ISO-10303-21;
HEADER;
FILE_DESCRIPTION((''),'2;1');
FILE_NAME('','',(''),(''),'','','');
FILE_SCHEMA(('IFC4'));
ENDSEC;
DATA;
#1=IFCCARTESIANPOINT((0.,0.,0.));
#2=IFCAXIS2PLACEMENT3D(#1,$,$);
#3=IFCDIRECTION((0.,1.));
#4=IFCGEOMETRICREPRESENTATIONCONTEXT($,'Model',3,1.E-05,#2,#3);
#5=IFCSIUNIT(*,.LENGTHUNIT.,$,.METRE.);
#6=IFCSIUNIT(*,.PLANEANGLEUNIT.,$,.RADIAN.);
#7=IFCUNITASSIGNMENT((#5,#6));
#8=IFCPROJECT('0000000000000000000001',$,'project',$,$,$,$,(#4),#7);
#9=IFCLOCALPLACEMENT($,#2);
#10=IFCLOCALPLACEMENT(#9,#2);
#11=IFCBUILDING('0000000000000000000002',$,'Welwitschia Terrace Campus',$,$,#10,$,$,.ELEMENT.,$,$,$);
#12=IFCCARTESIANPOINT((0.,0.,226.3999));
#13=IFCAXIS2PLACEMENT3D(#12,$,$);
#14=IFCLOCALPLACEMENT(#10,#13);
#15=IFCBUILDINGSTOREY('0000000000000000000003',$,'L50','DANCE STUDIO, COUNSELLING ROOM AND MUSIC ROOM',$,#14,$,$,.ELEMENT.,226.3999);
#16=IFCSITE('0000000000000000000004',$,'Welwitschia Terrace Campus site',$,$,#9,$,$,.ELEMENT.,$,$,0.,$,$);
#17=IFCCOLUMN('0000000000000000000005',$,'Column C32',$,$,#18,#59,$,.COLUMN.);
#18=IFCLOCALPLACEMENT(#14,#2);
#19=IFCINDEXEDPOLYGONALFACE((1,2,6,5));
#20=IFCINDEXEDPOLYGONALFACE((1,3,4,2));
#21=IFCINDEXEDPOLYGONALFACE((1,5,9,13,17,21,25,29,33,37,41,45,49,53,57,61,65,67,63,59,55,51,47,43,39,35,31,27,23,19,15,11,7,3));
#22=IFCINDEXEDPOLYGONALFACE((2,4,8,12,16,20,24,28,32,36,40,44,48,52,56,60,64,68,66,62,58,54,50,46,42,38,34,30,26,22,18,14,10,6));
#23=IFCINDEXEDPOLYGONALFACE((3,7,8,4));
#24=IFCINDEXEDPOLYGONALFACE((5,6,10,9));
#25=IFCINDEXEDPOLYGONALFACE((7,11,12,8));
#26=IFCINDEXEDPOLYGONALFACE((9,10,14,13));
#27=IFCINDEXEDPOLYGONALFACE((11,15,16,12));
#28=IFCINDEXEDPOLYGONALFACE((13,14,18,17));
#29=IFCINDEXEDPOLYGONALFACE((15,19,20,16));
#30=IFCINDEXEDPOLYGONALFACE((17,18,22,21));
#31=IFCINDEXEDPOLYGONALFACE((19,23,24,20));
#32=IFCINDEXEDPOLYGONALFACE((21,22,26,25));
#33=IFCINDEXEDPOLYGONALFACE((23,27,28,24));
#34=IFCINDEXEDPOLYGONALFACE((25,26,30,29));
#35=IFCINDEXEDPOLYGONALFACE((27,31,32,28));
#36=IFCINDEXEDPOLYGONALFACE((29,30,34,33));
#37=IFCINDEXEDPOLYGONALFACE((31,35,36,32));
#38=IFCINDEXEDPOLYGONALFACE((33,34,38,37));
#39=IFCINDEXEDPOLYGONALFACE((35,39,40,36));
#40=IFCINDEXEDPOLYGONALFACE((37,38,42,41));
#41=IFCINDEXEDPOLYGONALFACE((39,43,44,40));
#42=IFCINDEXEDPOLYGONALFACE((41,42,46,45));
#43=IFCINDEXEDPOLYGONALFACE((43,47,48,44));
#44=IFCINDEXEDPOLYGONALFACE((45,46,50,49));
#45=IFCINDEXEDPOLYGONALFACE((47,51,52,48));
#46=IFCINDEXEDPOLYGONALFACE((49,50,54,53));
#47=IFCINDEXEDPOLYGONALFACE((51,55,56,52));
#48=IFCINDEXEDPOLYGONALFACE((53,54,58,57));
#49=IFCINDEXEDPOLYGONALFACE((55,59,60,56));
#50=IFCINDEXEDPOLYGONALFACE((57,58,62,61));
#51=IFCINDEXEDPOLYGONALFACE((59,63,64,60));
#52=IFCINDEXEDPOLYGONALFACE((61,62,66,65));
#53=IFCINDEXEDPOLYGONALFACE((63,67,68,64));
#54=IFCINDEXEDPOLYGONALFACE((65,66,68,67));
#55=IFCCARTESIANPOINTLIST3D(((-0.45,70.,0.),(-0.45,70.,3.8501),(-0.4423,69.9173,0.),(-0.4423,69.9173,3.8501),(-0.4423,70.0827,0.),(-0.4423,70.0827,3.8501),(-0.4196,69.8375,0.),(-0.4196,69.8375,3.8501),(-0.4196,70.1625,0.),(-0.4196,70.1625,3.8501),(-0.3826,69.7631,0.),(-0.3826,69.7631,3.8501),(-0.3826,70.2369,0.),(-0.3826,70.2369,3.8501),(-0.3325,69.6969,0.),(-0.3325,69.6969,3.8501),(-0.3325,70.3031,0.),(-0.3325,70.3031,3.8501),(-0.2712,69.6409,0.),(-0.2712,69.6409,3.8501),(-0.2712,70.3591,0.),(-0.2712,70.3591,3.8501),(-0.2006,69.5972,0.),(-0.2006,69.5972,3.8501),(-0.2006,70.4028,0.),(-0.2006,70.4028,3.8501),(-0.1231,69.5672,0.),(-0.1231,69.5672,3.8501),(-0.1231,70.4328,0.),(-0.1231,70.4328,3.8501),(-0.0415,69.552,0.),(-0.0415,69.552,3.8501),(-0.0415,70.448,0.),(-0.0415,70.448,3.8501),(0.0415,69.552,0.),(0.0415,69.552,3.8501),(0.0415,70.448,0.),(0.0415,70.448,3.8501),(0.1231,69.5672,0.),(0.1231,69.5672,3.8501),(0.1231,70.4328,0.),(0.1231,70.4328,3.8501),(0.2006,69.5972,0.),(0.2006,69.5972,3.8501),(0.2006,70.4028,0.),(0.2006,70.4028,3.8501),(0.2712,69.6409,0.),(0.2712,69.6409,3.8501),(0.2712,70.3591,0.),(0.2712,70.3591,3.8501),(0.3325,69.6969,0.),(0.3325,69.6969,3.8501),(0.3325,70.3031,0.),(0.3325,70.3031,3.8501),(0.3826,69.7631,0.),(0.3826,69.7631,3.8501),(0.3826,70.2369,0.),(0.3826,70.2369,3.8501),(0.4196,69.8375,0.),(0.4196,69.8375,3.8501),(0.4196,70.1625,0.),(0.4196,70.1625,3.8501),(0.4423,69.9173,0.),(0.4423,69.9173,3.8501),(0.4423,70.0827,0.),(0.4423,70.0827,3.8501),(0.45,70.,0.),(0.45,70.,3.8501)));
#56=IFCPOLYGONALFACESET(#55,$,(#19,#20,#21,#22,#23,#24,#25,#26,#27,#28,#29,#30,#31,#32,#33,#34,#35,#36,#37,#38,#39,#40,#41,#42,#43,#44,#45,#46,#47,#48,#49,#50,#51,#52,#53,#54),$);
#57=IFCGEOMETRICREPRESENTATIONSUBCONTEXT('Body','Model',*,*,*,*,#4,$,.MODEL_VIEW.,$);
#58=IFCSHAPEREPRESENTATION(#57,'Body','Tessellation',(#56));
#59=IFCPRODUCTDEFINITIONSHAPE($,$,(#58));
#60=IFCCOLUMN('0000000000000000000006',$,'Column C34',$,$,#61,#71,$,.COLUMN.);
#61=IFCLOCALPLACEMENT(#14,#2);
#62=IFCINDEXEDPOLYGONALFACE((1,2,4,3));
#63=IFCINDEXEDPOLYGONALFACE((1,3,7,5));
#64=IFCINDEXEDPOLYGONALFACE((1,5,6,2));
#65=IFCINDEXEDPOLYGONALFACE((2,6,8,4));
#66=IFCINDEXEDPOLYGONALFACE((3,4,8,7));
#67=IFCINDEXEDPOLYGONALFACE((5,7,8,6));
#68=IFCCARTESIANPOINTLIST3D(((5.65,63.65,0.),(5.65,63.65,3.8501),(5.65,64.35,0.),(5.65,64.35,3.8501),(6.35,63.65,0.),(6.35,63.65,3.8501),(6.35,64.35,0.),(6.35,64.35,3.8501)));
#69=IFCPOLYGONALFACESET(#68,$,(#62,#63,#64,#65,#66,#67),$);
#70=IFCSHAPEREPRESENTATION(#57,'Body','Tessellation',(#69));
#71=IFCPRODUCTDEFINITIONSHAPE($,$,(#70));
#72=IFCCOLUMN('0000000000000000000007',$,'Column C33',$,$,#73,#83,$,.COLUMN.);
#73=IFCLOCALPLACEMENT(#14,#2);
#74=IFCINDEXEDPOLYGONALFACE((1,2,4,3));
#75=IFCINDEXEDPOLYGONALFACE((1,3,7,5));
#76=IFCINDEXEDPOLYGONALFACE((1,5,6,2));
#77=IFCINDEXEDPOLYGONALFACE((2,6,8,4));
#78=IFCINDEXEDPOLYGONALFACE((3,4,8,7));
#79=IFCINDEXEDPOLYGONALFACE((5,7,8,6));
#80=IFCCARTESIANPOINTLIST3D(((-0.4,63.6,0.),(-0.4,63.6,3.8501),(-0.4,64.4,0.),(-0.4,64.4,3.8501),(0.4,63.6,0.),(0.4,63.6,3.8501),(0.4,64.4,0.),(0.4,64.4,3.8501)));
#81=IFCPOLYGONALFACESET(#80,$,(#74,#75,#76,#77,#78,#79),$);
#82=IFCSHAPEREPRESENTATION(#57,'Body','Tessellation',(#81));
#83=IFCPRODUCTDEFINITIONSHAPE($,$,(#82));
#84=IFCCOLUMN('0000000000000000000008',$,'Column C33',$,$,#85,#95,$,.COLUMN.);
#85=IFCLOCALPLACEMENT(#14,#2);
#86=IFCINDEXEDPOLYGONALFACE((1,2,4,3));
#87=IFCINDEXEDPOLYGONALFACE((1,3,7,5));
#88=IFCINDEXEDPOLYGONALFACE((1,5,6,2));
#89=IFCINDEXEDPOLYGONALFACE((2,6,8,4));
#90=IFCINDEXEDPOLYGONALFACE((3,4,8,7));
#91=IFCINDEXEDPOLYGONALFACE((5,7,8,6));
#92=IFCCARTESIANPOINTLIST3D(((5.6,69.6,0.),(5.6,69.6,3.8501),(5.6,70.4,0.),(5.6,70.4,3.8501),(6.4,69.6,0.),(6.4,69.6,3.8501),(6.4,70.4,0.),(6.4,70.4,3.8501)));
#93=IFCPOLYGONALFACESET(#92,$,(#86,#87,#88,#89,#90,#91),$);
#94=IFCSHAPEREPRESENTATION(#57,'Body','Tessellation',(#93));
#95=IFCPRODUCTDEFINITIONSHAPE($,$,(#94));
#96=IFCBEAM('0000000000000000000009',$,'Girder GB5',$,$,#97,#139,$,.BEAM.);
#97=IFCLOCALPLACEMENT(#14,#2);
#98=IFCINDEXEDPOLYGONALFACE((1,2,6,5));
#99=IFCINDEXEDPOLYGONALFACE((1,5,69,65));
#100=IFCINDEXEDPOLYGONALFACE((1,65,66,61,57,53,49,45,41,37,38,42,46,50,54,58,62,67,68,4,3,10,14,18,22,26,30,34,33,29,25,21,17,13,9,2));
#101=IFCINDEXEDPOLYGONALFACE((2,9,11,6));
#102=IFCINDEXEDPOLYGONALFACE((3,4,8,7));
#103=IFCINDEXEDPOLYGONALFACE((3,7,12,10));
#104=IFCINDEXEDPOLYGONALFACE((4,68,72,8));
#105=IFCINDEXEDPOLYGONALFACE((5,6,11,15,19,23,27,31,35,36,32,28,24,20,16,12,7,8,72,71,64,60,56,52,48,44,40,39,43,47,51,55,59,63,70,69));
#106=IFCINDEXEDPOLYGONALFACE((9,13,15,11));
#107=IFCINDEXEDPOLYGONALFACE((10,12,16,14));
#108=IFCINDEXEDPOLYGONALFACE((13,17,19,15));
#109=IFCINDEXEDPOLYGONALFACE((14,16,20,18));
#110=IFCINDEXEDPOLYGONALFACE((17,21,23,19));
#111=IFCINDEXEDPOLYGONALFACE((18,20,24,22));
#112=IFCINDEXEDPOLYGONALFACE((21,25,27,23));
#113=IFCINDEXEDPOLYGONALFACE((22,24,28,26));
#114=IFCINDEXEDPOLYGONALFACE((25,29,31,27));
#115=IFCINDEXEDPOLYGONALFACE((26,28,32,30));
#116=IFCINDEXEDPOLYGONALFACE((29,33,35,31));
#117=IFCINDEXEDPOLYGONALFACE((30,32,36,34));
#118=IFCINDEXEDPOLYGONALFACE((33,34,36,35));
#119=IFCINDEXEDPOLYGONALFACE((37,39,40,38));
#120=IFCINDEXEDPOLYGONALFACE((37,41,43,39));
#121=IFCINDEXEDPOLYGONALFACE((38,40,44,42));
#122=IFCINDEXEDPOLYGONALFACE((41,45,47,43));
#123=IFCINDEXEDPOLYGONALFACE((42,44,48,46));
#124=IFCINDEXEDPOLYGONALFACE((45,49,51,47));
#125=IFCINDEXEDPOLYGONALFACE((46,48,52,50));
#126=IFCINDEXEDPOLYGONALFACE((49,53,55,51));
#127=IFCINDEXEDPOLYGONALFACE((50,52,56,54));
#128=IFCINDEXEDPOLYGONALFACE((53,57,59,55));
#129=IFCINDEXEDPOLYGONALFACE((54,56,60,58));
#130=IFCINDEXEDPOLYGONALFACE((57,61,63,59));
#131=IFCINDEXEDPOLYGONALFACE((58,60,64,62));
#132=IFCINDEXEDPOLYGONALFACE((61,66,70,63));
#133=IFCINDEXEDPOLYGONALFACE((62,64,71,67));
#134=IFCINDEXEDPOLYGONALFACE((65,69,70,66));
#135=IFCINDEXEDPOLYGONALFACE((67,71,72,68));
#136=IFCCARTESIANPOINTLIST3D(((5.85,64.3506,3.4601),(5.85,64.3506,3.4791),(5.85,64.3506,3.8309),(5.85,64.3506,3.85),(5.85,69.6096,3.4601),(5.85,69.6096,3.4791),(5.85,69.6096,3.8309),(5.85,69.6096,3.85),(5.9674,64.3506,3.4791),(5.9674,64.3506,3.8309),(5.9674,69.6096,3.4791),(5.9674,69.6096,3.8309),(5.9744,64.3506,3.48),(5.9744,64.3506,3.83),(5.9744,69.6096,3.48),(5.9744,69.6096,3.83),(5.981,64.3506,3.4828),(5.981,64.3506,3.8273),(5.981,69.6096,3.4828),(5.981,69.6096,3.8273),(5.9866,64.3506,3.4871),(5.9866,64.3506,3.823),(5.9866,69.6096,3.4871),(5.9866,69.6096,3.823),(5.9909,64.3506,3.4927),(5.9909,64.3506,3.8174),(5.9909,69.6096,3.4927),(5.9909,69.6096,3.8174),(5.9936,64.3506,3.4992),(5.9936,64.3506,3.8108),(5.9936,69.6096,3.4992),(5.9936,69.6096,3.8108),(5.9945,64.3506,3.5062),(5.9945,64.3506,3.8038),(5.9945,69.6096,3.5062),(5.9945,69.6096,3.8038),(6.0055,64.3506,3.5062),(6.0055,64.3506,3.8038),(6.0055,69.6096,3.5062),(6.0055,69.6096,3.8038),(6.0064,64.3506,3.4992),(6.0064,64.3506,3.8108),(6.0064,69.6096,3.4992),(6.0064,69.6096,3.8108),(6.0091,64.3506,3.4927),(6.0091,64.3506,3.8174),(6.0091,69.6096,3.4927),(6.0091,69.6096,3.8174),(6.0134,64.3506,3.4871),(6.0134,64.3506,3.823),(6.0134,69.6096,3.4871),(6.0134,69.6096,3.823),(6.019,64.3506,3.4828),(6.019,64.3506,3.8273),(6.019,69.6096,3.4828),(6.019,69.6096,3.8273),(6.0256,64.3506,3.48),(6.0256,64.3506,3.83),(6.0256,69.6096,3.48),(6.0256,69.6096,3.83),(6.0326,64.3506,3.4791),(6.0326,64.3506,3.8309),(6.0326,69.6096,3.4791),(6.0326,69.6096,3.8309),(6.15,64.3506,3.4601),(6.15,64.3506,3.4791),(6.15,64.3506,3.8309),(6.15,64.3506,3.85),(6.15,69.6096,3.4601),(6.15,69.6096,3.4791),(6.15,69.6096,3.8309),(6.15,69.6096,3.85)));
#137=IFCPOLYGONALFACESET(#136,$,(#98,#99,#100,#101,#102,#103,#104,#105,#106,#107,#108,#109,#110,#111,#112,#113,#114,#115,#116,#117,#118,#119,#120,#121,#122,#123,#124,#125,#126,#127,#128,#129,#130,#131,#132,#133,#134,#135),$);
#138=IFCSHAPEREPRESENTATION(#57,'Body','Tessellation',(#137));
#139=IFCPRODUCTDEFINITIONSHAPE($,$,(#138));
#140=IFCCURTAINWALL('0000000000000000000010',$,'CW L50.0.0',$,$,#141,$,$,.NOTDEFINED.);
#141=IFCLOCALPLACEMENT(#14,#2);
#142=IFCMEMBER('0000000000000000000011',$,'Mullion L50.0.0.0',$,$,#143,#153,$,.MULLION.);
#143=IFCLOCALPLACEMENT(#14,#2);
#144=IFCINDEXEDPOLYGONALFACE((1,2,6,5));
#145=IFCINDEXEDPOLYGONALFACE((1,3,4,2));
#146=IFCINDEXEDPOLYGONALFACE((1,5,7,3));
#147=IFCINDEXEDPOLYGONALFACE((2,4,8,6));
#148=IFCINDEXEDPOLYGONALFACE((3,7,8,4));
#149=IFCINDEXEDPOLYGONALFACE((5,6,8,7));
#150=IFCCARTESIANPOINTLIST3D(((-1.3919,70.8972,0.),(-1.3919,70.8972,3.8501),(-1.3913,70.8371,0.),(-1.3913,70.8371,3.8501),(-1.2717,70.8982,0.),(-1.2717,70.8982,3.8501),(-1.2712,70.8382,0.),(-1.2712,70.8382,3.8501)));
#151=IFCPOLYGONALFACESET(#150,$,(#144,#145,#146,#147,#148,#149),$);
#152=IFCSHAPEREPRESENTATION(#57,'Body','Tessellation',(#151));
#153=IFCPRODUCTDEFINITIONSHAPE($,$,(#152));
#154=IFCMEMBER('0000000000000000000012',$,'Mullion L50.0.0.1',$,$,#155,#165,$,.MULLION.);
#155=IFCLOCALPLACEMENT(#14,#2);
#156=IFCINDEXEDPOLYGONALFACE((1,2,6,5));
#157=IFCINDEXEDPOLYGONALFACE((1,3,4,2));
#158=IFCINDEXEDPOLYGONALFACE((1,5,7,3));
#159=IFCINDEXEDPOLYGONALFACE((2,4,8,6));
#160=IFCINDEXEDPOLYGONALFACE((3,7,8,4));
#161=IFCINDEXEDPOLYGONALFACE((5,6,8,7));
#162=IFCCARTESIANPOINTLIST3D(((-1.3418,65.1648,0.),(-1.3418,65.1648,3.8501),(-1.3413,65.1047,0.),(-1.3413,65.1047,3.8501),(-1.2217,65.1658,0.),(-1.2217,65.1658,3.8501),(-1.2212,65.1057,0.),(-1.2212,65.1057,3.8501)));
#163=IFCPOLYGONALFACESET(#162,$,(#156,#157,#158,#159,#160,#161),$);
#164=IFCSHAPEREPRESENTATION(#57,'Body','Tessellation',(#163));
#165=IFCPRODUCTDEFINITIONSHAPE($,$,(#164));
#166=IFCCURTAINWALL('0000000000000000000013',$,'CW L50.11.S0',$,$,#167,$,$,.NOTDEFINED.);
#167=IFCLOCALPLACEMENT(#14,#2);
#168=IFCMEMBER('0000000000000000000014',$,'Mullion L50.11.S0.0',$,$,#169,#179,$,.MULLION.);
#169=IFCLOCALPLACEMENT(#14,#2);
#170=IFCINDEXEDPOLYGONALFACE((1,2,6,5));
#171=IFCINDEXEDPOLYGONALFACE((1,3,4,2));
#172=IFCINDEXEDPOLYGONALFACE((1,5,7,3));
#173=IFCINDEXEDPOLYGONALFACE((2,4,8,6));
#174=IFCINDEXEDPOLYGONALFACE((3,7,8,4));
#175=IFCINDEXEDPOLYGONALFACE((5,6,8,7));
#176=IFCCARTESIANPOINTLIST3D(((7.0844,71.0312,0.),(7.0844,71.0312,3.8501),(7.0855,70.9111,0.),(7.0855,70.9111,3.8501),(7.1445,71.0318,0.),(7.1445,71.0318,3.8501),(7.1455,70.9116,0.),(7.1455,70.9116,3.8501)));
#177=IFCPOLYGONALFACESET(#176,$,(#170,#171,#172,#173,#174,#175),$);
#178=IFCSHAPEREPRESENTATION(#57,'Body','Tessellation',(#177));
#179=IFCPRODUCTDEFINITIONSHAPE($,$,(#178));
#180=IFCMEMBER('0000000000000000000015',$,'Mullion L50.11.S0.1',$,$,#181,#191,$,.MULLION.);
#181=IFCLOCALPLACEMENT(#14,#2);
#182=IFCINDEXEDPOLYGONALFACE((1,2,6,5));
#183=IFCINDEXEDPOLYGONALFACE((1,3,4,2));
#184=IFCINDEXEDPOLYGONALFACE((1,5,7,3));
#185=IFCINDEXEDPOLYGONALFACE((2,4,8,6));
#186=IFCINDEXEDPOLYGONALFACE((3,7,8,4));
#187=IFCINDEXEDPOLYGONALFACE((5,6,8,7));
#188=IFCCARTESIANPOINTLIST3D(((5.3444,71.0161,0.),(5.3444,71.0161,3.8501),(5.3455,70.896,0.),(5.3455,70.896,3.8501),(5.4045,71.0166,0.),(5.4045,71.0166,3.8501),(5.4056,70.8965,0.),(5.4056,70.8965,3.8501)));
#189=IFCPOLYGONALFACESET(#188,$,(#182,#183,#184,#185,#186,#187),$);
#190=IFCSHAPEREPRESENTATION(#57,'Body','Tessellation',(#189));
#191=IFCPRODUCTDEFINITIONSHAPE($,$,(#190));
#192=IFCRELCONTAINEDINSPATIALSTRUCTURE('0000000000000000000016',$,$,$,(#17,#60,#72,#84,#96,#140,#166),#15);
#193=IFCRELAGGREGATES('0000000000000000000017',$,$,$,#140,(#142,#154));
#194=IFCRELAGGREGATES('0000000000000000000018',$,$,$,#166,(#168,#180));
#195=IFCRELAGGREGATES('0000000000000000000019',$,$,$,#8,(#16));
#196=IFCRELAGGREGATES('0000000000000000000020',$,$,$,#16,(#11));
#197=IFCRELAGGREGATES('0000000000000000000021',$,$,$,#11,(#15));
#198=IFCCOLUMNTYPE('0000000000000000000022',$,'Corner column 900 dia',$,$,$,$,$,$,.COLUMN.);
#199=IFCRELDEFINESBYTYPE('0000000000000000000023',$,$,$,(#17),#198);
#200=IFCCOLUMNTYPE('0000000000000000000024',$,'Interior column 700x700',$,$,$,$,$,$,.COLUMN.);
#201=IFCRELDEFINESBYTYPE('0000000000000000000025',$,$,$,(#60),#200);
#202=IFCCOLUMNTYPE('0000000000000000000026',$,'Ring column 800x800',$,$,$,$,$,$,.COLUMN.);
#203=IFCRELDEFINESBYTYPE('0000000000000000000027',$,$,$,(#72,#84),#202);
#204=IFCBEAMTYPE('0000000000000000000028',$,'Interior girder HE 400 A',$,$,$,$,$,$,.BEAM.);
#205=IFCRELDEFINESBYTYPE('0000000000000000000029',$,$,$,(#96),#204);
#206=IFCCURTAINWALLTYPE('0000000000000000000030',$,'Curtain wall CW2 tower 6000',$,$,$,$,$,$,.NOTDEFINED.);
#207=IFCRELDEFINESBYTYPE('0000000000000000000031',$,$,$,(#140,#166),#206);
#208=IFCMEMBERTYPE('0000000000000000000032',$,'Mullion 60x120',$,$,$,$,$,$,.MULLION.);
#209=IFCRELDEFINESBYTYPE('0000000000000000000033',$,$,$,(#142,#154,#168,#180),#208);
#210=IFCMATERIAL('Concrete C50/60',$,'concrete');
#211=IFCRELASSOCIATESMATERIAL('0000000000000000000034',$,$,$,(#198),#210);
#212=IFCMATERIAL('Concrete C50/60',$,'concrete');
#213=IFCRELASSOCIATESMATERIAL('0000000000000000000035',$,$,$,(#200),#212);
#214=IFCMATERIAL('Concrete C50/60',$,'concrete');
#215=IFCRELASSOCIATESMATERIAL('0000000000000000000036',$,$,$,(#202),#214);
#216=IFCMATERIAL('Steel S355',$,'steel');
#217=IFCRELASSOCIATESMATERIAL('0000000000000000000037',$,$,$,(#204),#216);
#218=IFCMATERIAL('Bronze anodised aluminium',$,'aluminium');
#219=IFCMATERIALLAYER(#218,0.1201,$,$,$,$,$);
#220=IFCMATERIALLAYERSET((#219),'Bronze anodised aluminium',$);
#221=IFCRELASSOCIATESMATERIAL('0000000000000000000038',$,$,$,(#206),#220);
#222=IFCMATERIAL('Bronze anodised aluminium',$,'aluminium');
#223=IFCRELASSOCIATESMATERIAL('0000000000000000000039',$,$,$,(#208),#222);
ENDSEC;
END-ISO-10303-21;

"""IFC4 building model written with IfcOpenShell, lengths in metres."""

from ifc_helpers import new_model, si_unit, direction, frame, origin, origin_2d, place, context, subcontext, project, spatial, rectangle, circle, i_section, extrude, material, layer, layer_set, material_profile, profile_set, type_object, element, aggregate, save


model = new_model("IFC4")

# Units and contexts
model_context = context("Model", 3, precision=1e-05, world=origin(), true_north=direction((0.0, 1.0)))
body_context = subcontext(model_context, "Body", "Model", "MODEL_VIEW")
ifc_project = project(units=[si_unit("LENGTHUNIT", "METRE"), si_unit("PLANEANGLEUNIT", "RADIAN")], contexts=[model_context])

# Site, building, storey
site_placement = place(None, origin())
site = spatial("IfcSite", under=ifc_project, at=site_placement, Name="Welwitschia Terrace Campus site", CompositionType="ELEMENT", RefElevation=0.0)
building_placement = place(site_placement, origin())
building = spatial("IfcBuilding", under=site, at=building_placement, Name="Welwitschia Terrace Campus", CompositionType="ELEMENT")
storey_placement = place(building_placement, frame((0.0, 0.0, 226.3999)))
storey = spatial("IfcBuildingStorey", under=building, at=storey_placement, Name="L50", Description="DANCE STUDIO, COUNSELLING ROOM AND MUSIC ROOM", CompositionType="ELEMENT", Elevation=226.3999)

# Columns
ifc_material_1 = material(Name="Concrete C50/60", Category="concrete")
ifc_material_profile_1 = material_profile(ifc_material_1, circle(Radius=0.45, at=origin_2d()))
ifc_profile_set_1 = profile_set([ifc_material_profile_1], Name="Concrete C50/60")
column_type_1 = type_object("IfcColumnType", Name="Corner column 900 dia", PredefinedType="COLUMN", material=ifc_profile_set_1)
column_1_placement = place(storey_placement, frame((0.0, 70.0, 0.0), z_axis=(0.0, 0.0, 1.0), x_axis=(1.0, 0.0, 0.0)))
element("IfcColumn", 1, at=column_1_placement, inside=storey, type_object=column_type_1, Name="Column C32", PredefinedType="COLUMN", context=body_context, shape_type="SweptSolid", body=[
    extrude(circle(Radius=0.45, at=origin_2d()), origin(), (0.0, 0.0, 1.0), 3.8501),
])
ifc_material_2 = material(Name="Concrete C50/60", Category="concrete")
ifc_material_profile_2 = material_profile(ifc_material_2, rectangle(XDim=0.7, YDim=0.7, at=origin_2d()))
ifc_profile_set_2 = profile_set([ifc_material_profile_2], Name="Concrete C50/60")
column_type_2 = type_object("IfcColumnType", Name="Interior column 700x700", PredefinedType="COLUMN", material=ifc_profile_set_2)
column_2_placement = place(storey_placement, frame((6.0, 64.0, 0.0), z_axis=(0.0, 0.0, 1.0), x_axis=(1.0, 0.0, 0.0)))
element("IfcColumn", 2, at=column_2_placement, inside=storey, type_object=column_type_2, Name="Column C34", PredefinedType="COLUMN", context=body_context, shape_type="SweptSolid", body=[
    extrude(rectangle(XDim=0.7, YDim=0.7, at=origin_2d()), origin(), (0.0, 0.0, 1.0), 3.8501),
])
ifc_material_3 = material(Name="Concrete C50/60", Category="concrete")
ifc_material_profile_3 = material_profile(ifc_material_3, rectangle(XDim=0.8, YDim=0.8, at=origin_2d()))
ifc_profile_set_3 = profile_set([ifc_material_profile_3], Name="Concrete C50/60")
column_type_3 = type_object("IfcColumnType", Name="Ring column 800x800", PredefinedType="COLUMN", material=ifc_profile_set_3)
for number, where, z_axis, x_axis, name in (
    (3, (0.0, 64.0, 0.0), (0.0, 0.0, 1.0), (1.0, 0.0, 0.0), "Column C33"),
    (4, (6.0, 70.0, 0.0), (0.0, 0.0, 1.0), (1.0, 0.0, 0.0), "Column C33"),
):
    element("IfcColumn", number, at=place(storey_placement, frame(where, z_axis=z_axis, x_axis=x_axis)), inside=storey, type_object=column_type_3, Name=name, PredefinedType="COLUMN", context=body_context, shape_type="SweptSolid", body=[
        extrude(rectangle(XDim=0.8, YDim=0.8, at=origin_2d()), origin(), (0.0, 0.0, 1.0), 3.8501),
    ])

# Beam
ifc_material_4 = material(Name="Steel S355", Category="steel")
ifc_material_profile_4 = material_profile(ifc_material_4, i_section(OverallWidth=0.3, OverallDepth=0.3899, WebThickness=0.011, FlangeThickness=0.019, FilletRadius=0.0271, at=origin_2d()))
ifc_profile_set_4 = profile_set([ifc_material_profile_4], Name="Steel S355")
beam_type_1 = type_object("IfcBeamType", Name="Interior girder HE 400 A", PredefinedType="BEAM", material=ifc_profile_set_4)
beam_1_placement = place(storey_placement, frame((6.0, 64.3506, 3.655), z_axis=(0.0, 1.0, 0.0), x_axis=(-1.0, 0.0, 0.0)))
element("IfcBeam", 5, at=beam_1_placement, inside=storey, type_object=beam_type_1, Name="Girder GB5", PredefinedType="BEAM", context=body_context, shape_type="SweptSolid", body=[
    extrude(i_section(OverallWidth=0.3, OverallDepth=0.3899, WebThickness=0.011, FlangeThickness=0.019, FilletRadius=0.0271, at=origin_2d()), origin(), (0.0, 0.0, 1.0), 5.259),
])

# Curtain walls, members
ifc_material_5 = material(Name="Bronze anodised aluminium", Category="aluminium")
ifc_layer_1 = layer(ifc_material_5, 0.1201)
ifc_layer_set_1 = layer_set([ifc_layer_1], Name="Bronze anodised aluminium")
curtain_wall_type = type_object("IfcCurtainWallType", Name="Curtain wall CW2 tower 6000", PredefinedType="NOTDEFINED", material=ifc_layer_set_1)
curtain_wall_1_placement = place(storey_placement, origin())
curtain_wall_1 = element("IfcCurtainWall", 6, at=curtain_wall_1_placement, inside=storey, type_object=curtain_wall_type, Name="CW L50.0.0", PredefinedType="NOTDEFINED")
ifc_material_6 = material(Name="Bronze anodised aluminium", Category="aluminium")
ifc_material_profile_5 = material_profile(ifc_material_6, rectangle(XDim=0.1201, YDim=0.0601, at=origin_2d()))
ifc_profile_set_5 = profile_set([ifc_material_profile_5], Name="Bronze anodised aluminium")
member_type_1 = type_object("IfcMemberType", Name="Mullion 60x120", PredefinedType="MULLION", material=ifc_profile_set_5)
member_1_placement = place(storey_placement, frame((-1.3315, 70.8677, 0.0), z_axis=(0.0, 0.0, 1.0), x_axis=(0.999962, 0.008727, 0.0)))
member_1 = element("IfcMember", 7, at=member_1_placement, type_object=member_type_1, Name="Mullion L50.0.0.0", PredefinedType="MULLION", context=body_context, shape_type="SweptSolid", body=[
    extrude(rectangle(XDim=0.1201, YDim=0.0601, at=origin_2d()), origin(), (0.0, 0.0, 1.0), 3.8501),
])
member_2_placement = place(storey_placement, frame((-1.2815, 65.1353, 0.0), z_axis=(0.0, 0.0, 1.0), x_axis=(0.999962, 0.008727, 0.0)))
member_2 = element("IfcMember", 8, at=member_2_placement, type_object=member_type_1, Name="Mullion L50.0.0.1", PredefinedType="MULLION", context=body_context, shape_type="SweptSolid", body=[
    extrude(rectangle(XDim=0.1201, YDim=0.0601, at=origin_2d()), origin(), (0.0, 0.0, 1.0), 3.8501),
])
curtain_wall_2_placement = place(storey_placement, origin())
curtain_wall_2 = element("IfcCurtainWall", 9, at=curtain_wall_2_placement, inside=storey, type_object=curtain_wall_type, Name="CW L50.11.S0", PredefinedType="NOTDEFINED")
member_3_placement = place(storey_placement, frame((7.115, 70.9714, 0.0), z_axis=(0.0, 0.0, 1.0), x_axis=(0.008727, -0.999962, 0.0)))
member_3 = element("IfcMember", 10, at=member_3_placement, type_object=member_type_1, Name="Mullion L50.11.S0.0", PredefinedType="MULLION", context=body_context, shape_type="SweptSolid", body=[
    extrude(rectangle(XDim=0.1201, YDim=0.0601, at=origin_2d()), origin(), (0.0, 0.0, 1.0), 3.8501),
])
member_4_placement = place(storey_placement, frame((5.375, 70.9563, 0.0), z_axis=(0.0, 0.0, 1.0), x_axis=(0.008727, -0.999962, 0.0)))
member_4 = element("IfcMember", 11, at=member_4_placement, type_object=member_type_1, Name="Mullion L50.11.S0.1", PredefinedType="MULLION", context=body_context, shape_type="SweptSolid", body=[
    extrude(rectangle(XDim=0.1201, YDim=0.0601, at=origin_2d()), origin(), (0.0, 0.0, 1.0), 3.8501),
])

aggregate(curtain_wall_1, [member_1, member_2])
aggregate(curtain_wall_2, [member_3, member_4])

save(model, "model.ifc")
